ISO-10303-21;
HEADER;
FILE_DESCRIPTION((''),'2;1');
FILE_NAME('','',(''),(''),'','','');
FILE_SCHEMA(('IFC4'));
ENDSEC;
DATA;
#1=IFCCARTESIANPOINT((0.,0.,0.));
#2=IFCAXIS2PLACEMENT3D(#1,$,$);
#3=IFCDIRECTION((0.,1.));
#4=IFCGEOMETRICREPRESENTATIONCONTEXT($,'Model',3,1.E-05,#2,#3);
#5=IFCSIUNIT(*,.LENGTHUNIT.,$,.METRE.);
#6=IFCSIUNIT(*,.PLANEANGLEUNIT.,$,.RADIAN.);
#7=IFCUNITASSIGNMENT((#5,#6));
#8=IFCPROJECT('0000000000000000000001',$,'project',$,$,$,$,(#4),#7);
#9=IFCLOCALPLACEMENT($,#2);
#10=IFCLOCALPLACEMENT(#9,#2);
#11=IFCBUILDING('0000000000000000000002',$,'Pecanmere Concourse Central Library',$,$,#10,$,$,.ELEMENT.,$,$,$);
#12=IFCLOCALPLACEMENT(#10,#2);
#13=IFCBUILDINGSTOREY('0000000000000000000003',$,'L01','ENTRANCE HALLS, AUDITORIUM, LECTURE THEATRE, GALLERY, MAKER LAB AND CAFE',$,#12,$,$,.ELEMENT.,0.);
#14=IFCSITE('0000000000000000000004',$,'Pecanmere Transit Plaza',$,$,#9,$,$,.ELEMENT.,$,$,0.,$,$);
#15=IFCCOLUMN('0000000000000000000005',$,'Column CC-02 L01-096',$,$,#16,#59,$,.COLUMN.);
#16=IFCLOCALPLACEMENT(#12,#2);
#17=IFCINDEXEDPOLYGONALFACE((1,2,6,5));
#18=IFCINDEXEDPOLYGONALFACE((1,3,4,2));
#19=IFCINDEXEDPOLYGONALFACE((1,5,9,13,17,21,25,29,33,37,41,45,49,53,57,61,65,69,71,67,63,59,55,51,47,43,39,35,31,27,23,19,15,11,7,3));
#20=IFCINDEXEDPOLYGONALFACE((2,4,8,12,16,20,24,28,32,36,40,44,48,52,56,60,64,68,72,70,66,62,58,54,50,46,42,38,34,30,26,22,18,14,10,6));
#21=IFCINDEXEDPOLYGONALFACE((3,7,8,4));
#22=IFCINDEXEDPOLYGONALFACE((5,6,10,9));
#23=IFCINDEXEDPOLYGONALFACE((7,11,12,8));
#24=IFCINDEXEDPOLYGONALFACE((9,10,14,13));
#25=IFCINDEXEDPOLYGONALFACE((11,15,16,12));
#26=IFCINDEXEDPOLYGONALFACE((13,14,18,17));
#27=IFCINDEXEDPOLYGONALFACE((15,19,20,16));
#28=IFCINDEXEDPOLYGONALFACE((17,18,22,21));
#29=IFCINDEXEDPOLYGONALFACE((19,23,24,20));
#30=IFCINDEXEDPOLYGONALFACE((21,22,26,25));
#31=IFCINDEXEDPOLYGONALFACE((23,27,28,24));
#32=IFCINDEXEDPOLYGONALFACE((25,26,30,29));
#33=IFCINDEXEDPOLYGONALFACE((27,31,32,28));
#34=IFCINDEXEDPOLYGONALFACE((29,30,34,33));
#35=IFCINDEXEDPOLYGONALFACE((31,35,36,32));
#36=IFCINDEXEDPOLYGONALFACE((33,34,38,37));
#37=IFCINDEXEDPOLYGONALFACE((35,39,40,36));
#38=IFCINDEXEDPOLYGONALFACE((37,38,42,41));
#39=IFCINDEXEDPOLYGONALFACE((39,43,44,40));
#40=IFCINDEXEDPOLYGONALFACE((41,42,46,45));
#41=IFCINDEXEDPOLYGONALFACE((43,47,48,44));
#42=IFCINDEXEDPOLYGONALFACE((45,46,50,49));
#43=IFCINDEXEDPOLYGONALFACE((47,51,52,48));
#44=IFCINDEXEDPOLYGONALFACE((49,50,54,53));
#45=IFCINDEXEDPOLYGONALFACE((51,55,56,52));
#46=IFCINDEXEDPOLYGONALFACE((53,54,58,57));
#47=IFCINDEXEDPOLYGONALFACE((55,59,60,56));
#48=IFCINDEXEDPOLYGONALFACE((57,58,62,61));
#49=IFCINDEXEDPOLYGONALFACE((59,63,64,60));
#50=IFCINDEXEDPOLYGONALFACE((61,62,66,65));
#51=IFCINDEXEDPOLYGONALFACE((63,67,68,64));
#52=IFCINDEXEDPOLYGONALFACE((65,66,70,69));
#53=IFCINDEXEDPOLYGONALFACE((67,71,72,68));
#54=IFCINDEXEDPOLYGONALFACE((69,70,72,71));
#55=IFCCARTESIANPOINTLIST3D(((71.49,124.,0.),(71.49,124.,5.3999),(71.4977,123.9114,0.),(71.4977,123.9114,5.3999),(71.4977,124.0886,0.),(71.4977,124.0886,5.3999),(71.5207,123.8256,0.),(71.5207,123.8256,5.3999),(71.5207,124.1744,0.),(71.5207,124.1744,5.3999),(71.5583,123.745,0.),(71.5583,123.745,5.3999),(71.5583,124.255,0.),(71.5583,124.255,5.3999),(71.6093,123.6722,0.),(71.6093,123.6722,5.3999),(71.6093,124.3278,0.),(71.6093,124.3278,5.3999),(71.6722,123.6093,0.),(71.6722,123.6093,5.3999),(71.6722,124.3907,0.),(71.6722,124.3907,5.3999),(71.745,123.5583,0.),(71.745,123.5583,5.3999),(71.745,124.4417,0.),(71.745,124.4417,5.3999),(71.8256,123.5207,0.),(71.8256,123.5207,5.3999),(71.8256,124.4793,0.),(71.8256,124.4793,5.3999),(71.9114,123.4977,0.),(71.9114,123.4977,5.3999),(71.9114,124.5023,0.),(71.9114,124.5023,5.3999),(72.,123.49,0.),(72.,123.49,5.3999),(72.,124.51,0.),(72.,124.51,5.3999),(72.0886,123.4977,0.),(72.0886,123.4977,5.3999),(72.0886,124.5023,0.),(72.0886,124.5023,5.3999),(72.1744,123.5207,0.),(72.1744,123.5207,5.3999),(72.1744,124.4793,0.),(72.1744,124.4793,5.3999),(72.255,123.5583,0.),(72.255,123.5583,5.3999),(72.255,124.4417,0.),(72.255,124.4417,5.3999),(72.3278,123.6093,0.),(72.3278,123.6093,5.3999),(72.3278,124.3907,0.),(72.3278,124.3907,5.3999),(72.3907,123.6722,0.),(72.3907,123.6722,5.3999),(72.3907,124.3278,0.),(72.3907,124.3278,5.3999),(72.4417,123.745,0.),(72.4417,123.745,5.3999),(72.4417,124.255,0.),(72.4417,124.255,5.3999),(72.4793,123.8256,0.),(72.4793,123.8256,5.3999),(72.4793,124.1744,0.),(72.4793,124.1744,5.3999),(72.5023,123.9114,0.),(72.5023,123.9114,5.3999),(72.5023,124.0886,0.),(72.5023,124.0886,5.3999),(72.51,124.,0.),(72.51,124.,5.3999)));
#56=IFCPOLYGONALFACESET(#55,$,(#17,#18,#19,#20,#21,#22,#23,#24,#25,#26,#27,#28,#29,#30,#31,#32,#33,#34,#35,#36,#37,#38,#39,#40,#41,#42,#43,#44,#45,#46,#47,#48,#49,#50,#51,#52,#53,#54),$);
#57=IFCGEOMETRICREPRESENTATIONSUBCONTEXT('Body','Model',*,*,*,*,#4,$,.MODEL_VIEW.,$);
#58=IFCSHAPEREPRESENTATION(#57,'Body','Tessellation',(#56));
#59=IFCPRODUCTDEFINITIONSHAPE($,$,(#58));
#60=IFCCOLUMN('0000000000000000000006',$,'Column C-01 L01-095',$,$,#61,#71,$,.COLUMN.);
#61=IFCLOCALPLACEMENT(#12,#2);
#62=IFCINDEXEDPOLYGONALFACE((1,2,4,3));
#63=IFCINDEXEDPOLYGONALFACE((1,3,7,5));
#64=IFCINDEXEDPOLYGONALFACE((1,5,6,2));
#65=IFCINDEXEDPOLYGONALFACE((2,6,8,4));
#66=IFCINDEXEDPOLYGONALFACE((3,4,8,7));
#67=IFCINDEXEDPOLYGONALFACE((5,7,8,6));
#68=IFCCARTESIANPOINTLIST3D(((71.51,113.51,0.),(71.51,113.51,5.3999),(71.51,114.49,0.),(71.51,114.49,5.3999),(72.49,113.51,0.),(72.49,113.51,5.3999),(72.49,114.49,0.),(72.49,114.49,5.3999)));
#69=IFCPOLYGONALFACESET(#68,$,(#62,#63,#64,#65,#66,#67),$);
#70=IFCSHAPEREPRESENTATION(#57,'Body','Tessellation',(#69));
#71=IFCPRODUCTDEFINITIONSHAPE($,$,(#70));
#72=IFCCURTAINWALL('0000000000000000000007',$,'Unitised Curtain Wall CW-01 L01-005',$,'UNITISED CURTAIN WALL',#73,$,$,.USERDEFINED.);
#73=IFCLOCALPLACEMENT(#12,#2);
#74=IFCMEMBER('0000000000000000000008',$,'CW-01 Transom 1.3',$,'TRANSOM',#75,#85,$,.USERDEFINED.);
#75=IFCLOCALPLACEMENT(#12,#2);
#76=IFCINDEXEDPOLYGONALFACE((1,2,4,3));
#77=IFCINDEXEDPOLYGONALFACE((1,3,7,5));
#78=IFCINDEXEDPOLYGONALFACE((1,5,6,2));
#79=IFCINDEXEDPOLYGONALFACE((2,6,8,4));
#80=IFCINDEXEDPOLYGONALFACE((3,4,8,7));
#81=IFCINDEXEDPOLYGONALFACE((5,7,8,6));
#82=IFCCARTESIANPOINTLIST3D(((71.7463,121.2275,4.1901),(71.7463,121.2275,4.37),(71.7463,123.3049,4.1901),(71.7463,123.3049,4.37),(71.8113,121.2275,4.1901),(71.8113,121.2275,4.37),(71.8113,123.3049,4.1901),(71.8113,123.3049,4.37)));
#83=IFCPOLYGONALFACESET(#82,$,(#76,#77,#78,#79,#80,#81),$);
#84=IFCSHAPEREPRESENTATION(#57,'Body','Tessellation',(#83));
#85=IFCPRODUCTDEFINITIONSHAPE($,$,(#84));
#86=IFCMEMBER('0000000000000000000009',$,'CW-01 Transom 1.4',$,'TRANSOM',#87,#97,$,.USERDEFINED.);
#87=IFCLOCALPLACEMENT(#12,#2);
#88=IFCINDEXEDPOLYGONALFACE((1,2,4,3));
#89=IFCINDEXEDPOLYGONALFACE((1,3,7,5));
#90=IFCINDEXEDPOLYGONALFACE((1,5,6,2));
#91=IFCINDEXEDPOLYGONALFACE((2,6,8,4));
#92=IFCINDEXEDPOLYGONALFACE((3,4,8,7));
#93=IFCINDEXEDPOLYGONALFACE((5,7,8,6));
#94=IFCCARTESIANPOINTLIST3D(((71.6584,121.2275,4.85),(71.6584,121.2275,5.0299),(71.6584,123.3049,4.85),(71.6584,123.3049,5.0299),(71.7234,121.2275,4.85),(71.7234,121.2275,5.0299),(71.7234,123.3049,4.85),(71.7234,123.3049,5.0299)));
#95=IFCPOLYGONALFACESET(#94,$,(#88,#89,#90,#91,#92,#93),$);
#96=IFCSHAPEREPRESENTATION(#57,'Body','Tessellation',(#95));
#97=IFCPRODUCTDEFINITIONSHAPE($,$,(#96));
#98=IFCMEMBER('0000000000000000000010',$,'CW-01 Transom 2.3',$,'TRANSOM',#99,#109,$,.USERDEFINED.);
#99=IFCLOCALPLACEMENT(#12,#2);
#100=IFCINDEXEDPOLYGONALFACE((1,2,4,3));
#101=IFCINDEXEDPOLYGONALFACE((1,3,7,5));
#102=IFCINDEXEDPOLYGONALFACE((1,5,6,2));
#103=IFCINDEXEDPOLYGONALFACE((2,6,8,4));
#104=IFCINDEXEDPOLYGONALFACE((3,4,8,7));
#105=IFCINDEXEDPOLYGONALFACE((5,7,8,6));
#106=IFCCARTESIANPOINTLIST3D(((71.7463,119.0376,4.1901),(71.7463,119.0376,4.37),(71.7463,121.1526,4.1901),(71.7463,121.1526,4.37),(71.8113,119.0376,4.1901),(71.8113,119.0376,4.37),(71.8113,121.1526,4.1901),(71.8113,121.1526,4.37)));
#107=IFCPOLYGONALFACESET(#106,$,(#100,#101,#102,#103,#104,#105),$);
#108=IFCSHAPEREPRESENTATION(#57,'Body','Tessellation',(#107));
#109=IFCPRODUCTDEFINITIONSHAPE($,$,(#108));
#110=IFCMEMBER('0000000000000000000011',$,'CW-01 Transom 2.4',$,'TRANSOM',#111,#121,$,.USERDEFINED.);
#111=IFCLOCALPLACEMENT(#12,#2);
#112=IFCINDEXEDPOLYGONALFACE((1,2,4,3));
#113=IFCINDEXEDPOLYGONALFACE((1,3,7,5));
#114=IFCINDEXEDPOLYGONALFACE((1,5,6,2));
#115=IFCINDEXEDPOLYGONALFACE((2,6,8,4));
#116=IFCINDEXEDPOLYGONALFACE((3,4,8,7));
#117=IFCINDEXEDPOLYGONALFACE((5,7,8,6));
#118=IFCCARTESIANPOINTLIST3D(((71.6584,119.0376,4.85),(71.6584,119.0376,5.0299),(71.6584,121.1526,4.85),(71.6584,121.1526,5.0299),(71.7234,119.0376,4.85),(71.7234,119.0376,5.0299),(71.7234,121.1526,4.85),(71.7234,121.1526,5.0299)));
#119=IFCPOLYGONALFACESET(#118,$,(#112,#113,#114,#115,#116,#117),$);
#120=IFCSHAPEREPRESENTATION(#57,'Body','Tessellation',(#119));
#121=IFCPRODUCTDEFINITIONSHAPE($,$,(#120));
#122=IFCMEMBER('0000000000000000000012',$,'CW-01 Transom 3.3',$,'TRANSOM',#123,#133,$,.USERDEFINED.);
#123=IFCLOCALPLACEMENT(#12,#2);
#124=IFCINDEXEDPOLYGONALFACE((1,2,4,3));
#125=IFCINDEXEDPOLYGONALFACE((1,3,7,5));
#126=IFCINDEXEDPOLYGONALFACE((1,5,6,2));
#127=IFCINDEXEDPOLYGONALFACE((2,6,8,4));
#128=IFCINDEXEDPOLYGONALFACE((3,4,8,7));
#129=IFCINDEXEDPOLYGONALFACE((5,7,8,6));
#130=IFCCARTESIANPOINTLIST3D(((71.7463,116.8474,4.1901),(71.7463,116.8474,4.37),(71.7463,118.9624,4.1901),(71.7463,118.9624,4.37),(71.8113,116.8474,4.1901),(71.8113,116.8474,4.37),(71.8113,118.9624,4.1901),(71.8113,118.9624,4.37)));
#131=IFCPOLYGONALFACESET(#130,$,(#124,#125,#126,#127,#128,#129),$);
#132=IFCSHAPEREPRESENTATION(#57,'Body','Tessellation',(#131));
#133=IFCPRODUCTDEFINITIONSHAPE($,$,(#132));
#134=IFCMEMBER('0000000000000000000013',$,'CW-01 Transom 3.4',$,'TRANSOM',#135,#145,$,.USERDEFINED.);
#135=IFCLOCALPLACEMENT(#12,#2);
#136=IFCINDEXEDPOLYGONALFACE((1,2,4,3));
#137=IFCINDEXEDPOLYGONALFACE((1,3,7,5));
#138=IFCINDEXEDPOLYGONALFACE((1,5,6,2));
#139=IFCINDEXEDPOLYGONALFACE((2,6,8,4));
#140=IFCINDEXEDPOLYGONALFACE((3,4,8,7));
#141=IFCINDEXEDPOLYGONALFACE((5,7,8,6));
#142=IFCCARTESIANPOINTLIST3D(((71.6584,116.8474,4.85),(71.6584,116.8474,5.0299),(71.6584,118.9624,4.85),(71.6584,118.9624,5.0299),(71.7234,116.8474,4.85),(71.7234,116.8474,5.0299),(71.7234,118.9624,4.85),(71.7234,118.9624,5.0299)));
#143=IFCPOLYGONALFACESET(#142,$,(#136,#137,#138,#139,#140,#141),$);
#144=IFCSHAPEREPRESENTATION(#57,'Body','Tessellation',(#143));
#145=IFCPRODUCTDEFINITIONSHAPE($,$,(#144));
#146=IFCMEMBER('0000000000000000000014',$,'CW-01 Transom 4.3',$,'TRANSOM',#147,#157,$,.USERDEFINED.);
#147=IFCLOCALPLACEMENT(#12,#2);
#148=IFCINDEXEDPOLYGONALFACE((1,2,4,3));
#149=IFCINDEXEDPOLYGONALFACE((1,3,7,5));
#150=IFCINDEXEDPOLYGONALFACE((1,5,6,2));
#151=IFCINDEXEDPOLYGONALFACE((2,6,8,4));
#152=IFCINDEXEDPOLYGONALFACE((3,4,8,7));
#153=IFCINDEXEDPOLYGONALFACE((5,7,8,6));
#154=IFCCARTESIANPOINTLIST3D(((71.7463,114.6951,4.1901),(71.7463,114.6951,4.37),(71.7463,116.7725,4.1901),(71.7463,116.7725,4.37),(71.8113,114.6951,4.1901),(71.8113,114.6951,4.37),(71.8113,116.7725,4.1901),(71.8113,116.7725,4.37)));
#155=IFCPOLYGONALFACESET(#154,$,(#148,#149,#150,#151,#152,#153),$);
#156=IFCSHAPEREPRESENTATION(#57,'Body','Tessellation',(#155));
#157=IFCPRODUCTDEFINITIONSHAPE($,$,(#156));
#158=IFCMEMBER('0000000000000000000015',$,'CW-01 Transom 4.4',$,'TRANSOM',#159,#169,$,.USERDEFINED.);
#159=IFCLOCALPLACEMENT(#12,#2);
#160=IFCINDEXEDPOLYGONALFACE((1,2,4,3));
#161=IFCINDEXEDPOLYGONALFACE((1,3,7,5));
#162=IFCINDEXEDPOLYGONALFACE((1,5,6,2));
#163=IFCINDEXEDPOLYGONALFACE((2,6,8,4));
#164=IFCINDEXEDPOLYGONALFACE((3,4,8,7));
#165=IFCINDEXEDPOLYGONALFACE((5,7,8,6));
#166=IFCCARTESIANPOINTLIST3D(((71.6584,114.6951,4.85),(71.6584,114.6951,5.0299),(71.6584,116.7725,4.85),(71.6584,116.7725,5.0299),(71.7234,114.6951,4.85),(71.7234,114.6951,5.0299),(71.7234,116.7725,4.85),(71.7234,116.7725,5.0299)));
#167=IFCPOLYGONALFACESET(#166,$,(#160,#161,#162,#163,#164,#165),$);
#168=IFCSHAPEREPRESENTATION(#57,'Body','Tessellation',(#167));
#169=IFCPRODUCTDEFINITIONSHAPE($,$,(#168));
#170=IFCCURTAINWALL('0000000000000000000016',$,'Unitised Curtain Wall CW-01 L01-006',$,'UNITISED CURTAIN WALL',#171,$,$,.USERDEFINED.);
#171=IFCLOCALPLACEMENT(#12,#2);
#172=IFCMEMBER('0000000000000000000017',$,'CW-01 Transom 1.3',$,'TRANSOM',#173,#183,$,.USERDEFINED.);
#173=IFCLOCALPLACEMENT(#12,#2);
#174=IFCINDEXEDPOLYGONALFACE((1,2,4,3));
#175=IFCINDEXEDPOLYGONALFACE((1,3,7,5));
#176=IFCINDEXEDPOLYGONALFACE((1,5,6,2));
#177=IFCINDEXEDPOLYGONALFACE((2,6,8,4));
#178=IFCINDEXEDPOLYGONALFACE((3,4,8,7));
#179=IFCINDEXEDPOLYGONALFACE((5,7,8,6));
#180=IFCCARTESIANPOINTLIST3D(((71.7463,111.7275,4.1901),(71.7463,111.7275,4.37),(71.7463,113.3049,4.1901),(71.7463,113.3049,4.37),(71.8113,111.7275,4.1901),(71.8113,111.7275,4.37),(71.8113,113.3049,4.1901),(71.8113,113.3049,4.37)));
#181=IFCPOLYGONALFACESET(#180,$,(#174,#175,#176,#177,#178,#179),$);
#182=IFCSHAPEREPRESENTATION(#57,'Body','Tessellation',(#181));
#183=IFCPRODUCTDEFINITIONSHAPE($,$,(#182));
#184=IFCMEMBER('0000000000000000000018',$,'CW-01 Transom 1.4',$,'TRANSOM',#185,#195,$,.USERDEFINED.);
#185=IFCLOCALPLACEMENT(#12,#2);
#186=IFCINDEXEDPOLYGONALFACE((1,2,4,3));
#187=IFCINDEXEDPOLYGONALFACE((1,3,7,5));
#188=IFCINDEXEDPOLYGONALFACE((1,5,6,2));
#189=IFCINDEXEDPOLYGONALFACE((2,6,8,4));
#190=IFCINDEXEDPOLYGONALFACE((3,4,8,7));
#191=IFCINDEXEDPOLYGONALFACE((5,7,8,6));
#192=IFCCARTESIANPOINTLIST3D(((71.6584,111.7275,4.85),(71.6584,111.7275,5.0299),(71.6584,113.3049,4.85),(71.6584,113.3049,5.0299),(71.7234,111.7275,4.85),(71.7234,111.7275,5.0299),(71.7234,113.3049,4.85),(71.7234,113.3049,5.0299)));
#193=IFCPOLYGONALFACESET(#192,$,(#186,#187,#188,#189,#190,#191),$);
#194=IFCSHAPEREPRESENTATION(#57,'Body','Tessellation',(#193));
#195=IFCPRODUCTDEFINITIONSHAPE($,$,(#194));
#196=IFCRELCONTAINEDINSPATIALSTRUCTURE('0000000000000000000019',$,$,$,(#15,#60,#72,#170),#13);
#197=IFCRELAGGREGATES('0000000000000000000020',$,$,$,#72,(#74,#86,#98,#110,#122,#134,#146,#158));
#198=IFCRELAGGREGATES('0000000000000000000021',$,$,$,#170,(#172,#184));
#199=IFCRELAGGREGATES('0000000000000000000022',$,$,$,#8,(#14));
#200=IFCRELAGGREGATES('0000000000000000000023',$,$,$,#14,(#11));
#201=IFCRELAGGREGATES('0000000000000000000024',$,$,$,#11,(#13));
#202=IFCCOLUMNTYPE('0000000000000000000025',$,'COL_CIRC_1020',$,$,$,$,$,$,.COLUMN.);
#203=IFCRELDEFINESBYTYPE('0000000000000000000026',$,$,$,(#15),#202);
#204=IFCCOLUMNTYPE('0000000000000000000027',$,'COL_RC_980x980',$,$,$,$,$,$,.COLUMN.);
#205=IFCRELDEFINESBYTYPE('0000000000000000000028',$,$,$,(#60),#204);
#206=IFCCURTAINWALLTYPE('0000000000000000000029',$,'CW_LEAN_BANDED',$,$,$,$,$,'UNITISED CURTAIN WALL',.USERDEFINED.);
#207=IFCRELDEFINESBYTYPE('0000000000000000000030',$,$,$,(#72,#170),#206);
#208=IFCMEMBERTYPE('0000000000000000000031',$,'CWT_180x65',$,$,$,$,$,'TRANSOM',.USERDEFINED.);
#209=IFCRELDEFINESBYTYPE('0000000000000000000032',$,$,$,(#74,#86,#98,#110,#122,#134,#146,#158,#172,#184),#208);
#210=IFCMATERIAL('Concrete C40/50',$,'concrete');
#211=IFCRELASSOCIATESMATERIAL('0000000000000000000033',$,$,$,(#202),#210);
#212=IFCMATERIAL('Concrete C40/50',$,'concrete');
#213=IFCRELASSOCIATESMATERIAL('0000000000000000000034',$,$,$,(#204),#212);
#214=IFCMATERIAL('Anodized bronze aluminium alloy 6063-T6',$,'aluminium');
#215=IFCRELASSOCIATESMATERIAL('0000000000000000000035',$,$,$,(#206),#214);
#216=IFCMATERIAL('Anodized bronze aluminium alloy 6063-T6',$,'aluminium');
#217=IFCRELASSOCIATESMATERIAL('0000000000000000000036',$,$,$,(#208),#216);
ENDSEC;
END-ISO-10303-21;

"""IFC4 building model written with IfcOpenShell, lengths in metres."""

from ifc_helpers import new_model, si_unit, direction, frame, origin, origin_2d, place, context, subcontext, project, spatial, rectangle, circle, extrude, material, material_profile, profile_set, type_object, element, aggregate, save


model = new_model("IFC4")

# Units and contexts
model_context = context("Model", 3, precision=1e-05, world=origin(), true_north=direction((0.0, 1.0)))
body_context = subcontext(model_context, "Body", "Model", "MODEL_VIEW")
ifc_project = project(units=[si_unit("LENGTHUNIT", "METRE"), si_unit("PLANEANGLEUNIT", "RADIAN")], contexts=[model_context])

# Site, building, storey
site_placement = place(None, origin())
site = spatial("IfcSite", under=ifc_project, at=site_placement, Name="Pecanmere Transit Plaza", CompositionType="ELEMENT", RefElevation=0.0)
building_placement = place(site_placement, origin())
building = spatial("IfcBuilding", under=site, at=building_placement, Name="Pecanmere Concourse Central Library", CompositionType="ELEMENT")
storey_placement = place(building_placement, origin())
storey = spatial("IfcBuildingStorey", under=building, at=storey_placement, Name="L01", Description="ENTRANCE HALLS, AUDITORIUM, LECTURE THEATRE, GALLERY, MAKER LAB AND CAFE", CompositionType="ELEMENT", Elevation=0.0)

# Columns
ifc_material_1 = material(Name="Concrete C40/50", Category="concrete")
ifc_material_profile_1 = material_profile(ifc_material_1, circle(Radius=0.51, at=origin_2d()), Name="RC D1020")
ifc_profile_set_1 = profile_set([ifc_material_profile_1], Name="Concrete C40/50")
column_type_1 = type_object("IfcColumnType", Name="COL_CIRC_1020", PredefinedType="COLUMN", material=ifc_profile_set_1)
column_1_placement = place(storey_placement, frame((72.0, 124.0, 0.0), z_axis=(0.0, 0.0, 1.0), x_axis=(1.0, 0.0, 0.0)))
element("IfcColumn", 1, at=column_1_placement, inside=storey, type_object=column_type_1, Name="Column CC-02 L01-096", PredefinedType="COLUMN", context=body_context, shape_type="SweptSolid", body=[
    extrude(circle(Radius=0.51, at=origin_2d()), origin(), (0.0, 0.0, 1.0), 5.3999),
])
ifc_material_2 = material(Name="Concrete C40/50", Category="concrete")
ifc_material_profile_2 = material_profile(ifc_material_2, rectangle(XDim=0.98, YDim=0.98, at=origin_2d()), Name="RC 980x980")
ifc_profile_set_2 = profile_set([ifc_material_profile_2], Name="Concrete C40/50")
column_type_2 = type_object("IfcColumnType", Name="COL_RC_980x980", PredefinedType="COLUMN", material=ifc_profile_set_2)
column_2_placement = place(storey_placement, frame((72.0, 114.0, 0.0), z_axis=(0.0, 0.0, 1.0), x_axis=(1.0, 0.0, 0.0)))
element("IfcColumn", 2, at=column_2_placement, inside=storey, type_object=column_type_2, Name="Column C-01 L01-095", PredefinedType="COLUMN", context=body_context, shape_type="SweptSolid", body=[
    extrude(rectangle(XDim=0.98, YDim=0.98, at=origin_2d()), origin(), (0.0, 0.0, 1.0), 5.3999),
])

# Curtain walls, members
ifc_material_3 = material(Name="Anodized bronze aluminium alloy 6063-T6", Category="aluminium")
curtain_wall_type = type_object("IfcCurtainWallType", Name="CW_LEAN_BANDED", ElementType="UNITISED CURTAIN WALL", PredefinedType="USERDEFINED", material=ifc_material_3)
curtain_wall_1_placement = place(storey_placement, origin())
curtain_wall_1 = element("IfcCurtainWall", 3, at=curtain_wall_1_placement, inside=storey, type_object=curtain_wall_type, Name="Unitised Curtain Wall CW-01 L01-005", ObjectType="UNITISED CURTAIN WALL", PredefinedType="USERDEFINED")
ifc_material_4 = material(Name="Anodized bronze aluminium alloy 6063-T6", Category="aluminium")
ifc_material_profile_3 = material_profile(ifc_material_4, rectangle(XDim=0.0649, YDim=0.1799, at=origin_2d()), Name="AL 65x180")
ifc_profile_set_3 = profile_set([ifc_material_profile_3], Name="Anodized bronze aluminium alloy 6063-T6")
member_type = type_object("IfcMemberType", Name="CWT_180x65", ElementType="TRANSOM", PredefinedType="USERDEFINED", material=ifc_profile_set_3)
member_1_placement = place(storey_placement, frame((71.7788, 123.3049, 4.28), z_axis=(0.0, -1.0, 0.0), x_axis=(1.0, 0.0, 0.0)))
member_1 = element("IfcMember", 4, at=member_1_placement, type_object=member_type, Name="CW-01 Transom 1.3", ObjectType="TRANSOM", PredefinedType="USERDEFINED", context=body_context, shape_type="SweptSolid", body=[
    extrude(rectangle(XDim=0.0649, YDim=0.1799, at=origin_2d()), origin(), (0.0, 0.0, 1.0), 2.0774),
])
member_2_placement = place(storey_placement, frame((71.6909, 123.3049, 4.9399), z_axis=(0.0, -1.0, 0.0), x_axis=(1.0, 0.0, 0.0)))
member_2 = element("IfcMember", 5, at=member_2_placement, type_object=member_type, Name="CW-01 Transom 1.4", ObjectType="TRANSOM", PredefinedType="USERDEFINED", context=body_context, shape_type="SweptSolid", body=[
    extrude(rectangle(XDim=0.0649, YDim=0.1799, at=origin_2d()), origin(), (0.0, 0.0, 1.0), 2.0774),
])
member_3_placement = place(storey_placement, frame((71.7788, 121.1526, 4.28), z_axis=(0.0, -1.0, 0.0), x_axis=(1.0, 0.0, 0.0)))
member_3 = element("IfcMember", 6, at=member_3_placement, type_object=member_type, Name="CW-01 Transom 2.3", ObjectType="TRANSOM", PredefinedType="USERDEFINED", context=body_context, shape_type="SweptSolid", body=[
    extrude(rectangle(XDim=0.0649, YDim=0.1799, at=origin_2d()), origin(), (0.0, 0.0, 1.0), 2.115),
])
member_4_placement = place(storey_placement, frame((71.6909, 121.1526, 4.9399), z_axis=(0.0, -1.0, 0.0), x_axis=(1.0, 0.0, 0.0)))
member_4 = element("IfcMember", 7, at=member_4_placement, type_object=member_type, Name="CW-01 Transom 2.4", ObjectType="TRANSOM", PredefinedType="USERDEFINED", context=body_context, shape_type="SweptSolid", body=[
    extrude(rectangle(XDim=0.0649, YDim=0.1799, at=origin_2d()), origin(), (0.0, 0.0, 1.0), 2.115),
])
member_5_placement = place(storey_placement, frame((71.7788, 118.9624, 4.28), z_axis=(0.0, -1.0, 0.0), x_axis=(1.0, 0.0, 0.0)))
member_5 = element("IfcMember", 8, at=member_5_placement, type_object=member_type, Name="CW-01 Transom 3.3", ObjectType="TRANSOM", PredefinedType="USERDEFINED", context=body_context, shape_type="SweptSolid", body=[
    extrude(rectangle(XDim=0.0649, YDim=0.1799, at=origin_2d()), origin(), (0.0, 0.0, 1.0), 2.115),
])
member_6_placement = place(storey_placement, frame((71.6909, 118.9624, 4.9399), z_axis=(0.0, -1.0, 0.0), x_axis=(1.0, 0.0, 0.0)))
member_6 = element("IfcMember", 9, at=member_6_placement, type_object=member_type, Name="CW-01 Transom 3.4", ObjectType="TRANSOM", PredefinedType="USERDEFINED", context=body_context, shape_type="SweptSolid", body=[
    extrude(rectangle(XDim=0.0649, YDim=0.1799, at=origin_2d()), origin(), (0.0, 0.0, 1.0), 2.115),
])
member_7_placement = place(storey_placement, frame((71.7788, 116.7725, 4.28), z_axis=(0.0, -1.0, 0.0), x_axis=(1.0, 0.0, 0.0)))
member_7 = element("IfcMember", 10, at=member_7_placement, type_object=member_type, Name="CW-01 Transom 4.3", ObjectType="TRANSOM", PredefinedType="USERDEFINED", context=body_context, shape_type="SweptSolid", body=[
    extrude(rectangle(XDim=0.0649, YDim=0.1799, at=origin_2d()), origin(), (0.0, 0.0, 1.0), 2.0774),
])
member_8_placement = place(storey_placement, frame((71.6909, 116.7725, 4.9399), z_axis=(0.0, -1.0, 0.0), x_axis=(1.0, 0.0, 0.0)))
member_8 = element("IfcMember", 11, at=member_8_placement, type_object=member_type, Name="CW-01 Transom 4.4", ObjectType="TRANSOM", PredefinedType="USERDEFINED", context=body_context, shape_type="SweptSolid", body=[
    extrude(rectangle(XDim=0.0649, YDim=0.1799, at=origin_2d()), origin(), (0.0, 0.0, 1.0), 2.0774),
])
curtain_wall_2_placement = place(storey_placement, origin())
curtain_wall_2 = element("IfcCurtainWall", 12, at=curtain_wall_2_placement, inside=storey, type_object=curtain_wall_type, Name="Unitised Curtain Wall CW-01 L01-006", ObjectType="UNITISED CURTAIN WALL", PredefinedType="USERDEFINED")
member_9_placement = place(storey_placement, frame((71.7788, 113.3049, 4.28), z_axis=(0.0, -1.0, 0.0), x_axis=(1.0, 0.0, 0.0)))
member_9 = element("IfcMember", 13, at=member_9_placement, type_object=member_type, Name="CW-01 Transom 1.3", ObjectType="TRANSOM", PredefinedType="USERDEFINED", context=body_context, shape_type="SweptSolid", body=[
    extrude(rectangle(XDim=0.0649, YDim=0.1799, at=origin_2d()), origin(), (0.0, 0.0, 1.0), 1.5774),
])
member_10_placement = place(storey_placement, frame((71.6909, 113.3049, 4.9399), z_axis=(0.0, -1.0, 0.0), x_axis=(1.0, 0.0, 0.0)))
member_10 = element("IfcMember", 14, at=member_10_placement, type_object=member_type, Name="CW-01 Transom 1.4", ObjectType="TRANSOM", PredefinedType="USERDEFINED", context=body_context, shape_type="SweptSolid", body=[
    extrude(rectangle(XDim=0.0649, YDim=0.1799, at=origin_2d()), origin(), (0.0, 0.0, 1.0), 1.5774),
])

aggregate(curtain_wall_1, [member_1, member_2, member_3, member_4, member_5, member_6, member_7, member_8])
aggregate(curtain_wall_2, [member_9, member_10])

save(model, "model.ifc")
